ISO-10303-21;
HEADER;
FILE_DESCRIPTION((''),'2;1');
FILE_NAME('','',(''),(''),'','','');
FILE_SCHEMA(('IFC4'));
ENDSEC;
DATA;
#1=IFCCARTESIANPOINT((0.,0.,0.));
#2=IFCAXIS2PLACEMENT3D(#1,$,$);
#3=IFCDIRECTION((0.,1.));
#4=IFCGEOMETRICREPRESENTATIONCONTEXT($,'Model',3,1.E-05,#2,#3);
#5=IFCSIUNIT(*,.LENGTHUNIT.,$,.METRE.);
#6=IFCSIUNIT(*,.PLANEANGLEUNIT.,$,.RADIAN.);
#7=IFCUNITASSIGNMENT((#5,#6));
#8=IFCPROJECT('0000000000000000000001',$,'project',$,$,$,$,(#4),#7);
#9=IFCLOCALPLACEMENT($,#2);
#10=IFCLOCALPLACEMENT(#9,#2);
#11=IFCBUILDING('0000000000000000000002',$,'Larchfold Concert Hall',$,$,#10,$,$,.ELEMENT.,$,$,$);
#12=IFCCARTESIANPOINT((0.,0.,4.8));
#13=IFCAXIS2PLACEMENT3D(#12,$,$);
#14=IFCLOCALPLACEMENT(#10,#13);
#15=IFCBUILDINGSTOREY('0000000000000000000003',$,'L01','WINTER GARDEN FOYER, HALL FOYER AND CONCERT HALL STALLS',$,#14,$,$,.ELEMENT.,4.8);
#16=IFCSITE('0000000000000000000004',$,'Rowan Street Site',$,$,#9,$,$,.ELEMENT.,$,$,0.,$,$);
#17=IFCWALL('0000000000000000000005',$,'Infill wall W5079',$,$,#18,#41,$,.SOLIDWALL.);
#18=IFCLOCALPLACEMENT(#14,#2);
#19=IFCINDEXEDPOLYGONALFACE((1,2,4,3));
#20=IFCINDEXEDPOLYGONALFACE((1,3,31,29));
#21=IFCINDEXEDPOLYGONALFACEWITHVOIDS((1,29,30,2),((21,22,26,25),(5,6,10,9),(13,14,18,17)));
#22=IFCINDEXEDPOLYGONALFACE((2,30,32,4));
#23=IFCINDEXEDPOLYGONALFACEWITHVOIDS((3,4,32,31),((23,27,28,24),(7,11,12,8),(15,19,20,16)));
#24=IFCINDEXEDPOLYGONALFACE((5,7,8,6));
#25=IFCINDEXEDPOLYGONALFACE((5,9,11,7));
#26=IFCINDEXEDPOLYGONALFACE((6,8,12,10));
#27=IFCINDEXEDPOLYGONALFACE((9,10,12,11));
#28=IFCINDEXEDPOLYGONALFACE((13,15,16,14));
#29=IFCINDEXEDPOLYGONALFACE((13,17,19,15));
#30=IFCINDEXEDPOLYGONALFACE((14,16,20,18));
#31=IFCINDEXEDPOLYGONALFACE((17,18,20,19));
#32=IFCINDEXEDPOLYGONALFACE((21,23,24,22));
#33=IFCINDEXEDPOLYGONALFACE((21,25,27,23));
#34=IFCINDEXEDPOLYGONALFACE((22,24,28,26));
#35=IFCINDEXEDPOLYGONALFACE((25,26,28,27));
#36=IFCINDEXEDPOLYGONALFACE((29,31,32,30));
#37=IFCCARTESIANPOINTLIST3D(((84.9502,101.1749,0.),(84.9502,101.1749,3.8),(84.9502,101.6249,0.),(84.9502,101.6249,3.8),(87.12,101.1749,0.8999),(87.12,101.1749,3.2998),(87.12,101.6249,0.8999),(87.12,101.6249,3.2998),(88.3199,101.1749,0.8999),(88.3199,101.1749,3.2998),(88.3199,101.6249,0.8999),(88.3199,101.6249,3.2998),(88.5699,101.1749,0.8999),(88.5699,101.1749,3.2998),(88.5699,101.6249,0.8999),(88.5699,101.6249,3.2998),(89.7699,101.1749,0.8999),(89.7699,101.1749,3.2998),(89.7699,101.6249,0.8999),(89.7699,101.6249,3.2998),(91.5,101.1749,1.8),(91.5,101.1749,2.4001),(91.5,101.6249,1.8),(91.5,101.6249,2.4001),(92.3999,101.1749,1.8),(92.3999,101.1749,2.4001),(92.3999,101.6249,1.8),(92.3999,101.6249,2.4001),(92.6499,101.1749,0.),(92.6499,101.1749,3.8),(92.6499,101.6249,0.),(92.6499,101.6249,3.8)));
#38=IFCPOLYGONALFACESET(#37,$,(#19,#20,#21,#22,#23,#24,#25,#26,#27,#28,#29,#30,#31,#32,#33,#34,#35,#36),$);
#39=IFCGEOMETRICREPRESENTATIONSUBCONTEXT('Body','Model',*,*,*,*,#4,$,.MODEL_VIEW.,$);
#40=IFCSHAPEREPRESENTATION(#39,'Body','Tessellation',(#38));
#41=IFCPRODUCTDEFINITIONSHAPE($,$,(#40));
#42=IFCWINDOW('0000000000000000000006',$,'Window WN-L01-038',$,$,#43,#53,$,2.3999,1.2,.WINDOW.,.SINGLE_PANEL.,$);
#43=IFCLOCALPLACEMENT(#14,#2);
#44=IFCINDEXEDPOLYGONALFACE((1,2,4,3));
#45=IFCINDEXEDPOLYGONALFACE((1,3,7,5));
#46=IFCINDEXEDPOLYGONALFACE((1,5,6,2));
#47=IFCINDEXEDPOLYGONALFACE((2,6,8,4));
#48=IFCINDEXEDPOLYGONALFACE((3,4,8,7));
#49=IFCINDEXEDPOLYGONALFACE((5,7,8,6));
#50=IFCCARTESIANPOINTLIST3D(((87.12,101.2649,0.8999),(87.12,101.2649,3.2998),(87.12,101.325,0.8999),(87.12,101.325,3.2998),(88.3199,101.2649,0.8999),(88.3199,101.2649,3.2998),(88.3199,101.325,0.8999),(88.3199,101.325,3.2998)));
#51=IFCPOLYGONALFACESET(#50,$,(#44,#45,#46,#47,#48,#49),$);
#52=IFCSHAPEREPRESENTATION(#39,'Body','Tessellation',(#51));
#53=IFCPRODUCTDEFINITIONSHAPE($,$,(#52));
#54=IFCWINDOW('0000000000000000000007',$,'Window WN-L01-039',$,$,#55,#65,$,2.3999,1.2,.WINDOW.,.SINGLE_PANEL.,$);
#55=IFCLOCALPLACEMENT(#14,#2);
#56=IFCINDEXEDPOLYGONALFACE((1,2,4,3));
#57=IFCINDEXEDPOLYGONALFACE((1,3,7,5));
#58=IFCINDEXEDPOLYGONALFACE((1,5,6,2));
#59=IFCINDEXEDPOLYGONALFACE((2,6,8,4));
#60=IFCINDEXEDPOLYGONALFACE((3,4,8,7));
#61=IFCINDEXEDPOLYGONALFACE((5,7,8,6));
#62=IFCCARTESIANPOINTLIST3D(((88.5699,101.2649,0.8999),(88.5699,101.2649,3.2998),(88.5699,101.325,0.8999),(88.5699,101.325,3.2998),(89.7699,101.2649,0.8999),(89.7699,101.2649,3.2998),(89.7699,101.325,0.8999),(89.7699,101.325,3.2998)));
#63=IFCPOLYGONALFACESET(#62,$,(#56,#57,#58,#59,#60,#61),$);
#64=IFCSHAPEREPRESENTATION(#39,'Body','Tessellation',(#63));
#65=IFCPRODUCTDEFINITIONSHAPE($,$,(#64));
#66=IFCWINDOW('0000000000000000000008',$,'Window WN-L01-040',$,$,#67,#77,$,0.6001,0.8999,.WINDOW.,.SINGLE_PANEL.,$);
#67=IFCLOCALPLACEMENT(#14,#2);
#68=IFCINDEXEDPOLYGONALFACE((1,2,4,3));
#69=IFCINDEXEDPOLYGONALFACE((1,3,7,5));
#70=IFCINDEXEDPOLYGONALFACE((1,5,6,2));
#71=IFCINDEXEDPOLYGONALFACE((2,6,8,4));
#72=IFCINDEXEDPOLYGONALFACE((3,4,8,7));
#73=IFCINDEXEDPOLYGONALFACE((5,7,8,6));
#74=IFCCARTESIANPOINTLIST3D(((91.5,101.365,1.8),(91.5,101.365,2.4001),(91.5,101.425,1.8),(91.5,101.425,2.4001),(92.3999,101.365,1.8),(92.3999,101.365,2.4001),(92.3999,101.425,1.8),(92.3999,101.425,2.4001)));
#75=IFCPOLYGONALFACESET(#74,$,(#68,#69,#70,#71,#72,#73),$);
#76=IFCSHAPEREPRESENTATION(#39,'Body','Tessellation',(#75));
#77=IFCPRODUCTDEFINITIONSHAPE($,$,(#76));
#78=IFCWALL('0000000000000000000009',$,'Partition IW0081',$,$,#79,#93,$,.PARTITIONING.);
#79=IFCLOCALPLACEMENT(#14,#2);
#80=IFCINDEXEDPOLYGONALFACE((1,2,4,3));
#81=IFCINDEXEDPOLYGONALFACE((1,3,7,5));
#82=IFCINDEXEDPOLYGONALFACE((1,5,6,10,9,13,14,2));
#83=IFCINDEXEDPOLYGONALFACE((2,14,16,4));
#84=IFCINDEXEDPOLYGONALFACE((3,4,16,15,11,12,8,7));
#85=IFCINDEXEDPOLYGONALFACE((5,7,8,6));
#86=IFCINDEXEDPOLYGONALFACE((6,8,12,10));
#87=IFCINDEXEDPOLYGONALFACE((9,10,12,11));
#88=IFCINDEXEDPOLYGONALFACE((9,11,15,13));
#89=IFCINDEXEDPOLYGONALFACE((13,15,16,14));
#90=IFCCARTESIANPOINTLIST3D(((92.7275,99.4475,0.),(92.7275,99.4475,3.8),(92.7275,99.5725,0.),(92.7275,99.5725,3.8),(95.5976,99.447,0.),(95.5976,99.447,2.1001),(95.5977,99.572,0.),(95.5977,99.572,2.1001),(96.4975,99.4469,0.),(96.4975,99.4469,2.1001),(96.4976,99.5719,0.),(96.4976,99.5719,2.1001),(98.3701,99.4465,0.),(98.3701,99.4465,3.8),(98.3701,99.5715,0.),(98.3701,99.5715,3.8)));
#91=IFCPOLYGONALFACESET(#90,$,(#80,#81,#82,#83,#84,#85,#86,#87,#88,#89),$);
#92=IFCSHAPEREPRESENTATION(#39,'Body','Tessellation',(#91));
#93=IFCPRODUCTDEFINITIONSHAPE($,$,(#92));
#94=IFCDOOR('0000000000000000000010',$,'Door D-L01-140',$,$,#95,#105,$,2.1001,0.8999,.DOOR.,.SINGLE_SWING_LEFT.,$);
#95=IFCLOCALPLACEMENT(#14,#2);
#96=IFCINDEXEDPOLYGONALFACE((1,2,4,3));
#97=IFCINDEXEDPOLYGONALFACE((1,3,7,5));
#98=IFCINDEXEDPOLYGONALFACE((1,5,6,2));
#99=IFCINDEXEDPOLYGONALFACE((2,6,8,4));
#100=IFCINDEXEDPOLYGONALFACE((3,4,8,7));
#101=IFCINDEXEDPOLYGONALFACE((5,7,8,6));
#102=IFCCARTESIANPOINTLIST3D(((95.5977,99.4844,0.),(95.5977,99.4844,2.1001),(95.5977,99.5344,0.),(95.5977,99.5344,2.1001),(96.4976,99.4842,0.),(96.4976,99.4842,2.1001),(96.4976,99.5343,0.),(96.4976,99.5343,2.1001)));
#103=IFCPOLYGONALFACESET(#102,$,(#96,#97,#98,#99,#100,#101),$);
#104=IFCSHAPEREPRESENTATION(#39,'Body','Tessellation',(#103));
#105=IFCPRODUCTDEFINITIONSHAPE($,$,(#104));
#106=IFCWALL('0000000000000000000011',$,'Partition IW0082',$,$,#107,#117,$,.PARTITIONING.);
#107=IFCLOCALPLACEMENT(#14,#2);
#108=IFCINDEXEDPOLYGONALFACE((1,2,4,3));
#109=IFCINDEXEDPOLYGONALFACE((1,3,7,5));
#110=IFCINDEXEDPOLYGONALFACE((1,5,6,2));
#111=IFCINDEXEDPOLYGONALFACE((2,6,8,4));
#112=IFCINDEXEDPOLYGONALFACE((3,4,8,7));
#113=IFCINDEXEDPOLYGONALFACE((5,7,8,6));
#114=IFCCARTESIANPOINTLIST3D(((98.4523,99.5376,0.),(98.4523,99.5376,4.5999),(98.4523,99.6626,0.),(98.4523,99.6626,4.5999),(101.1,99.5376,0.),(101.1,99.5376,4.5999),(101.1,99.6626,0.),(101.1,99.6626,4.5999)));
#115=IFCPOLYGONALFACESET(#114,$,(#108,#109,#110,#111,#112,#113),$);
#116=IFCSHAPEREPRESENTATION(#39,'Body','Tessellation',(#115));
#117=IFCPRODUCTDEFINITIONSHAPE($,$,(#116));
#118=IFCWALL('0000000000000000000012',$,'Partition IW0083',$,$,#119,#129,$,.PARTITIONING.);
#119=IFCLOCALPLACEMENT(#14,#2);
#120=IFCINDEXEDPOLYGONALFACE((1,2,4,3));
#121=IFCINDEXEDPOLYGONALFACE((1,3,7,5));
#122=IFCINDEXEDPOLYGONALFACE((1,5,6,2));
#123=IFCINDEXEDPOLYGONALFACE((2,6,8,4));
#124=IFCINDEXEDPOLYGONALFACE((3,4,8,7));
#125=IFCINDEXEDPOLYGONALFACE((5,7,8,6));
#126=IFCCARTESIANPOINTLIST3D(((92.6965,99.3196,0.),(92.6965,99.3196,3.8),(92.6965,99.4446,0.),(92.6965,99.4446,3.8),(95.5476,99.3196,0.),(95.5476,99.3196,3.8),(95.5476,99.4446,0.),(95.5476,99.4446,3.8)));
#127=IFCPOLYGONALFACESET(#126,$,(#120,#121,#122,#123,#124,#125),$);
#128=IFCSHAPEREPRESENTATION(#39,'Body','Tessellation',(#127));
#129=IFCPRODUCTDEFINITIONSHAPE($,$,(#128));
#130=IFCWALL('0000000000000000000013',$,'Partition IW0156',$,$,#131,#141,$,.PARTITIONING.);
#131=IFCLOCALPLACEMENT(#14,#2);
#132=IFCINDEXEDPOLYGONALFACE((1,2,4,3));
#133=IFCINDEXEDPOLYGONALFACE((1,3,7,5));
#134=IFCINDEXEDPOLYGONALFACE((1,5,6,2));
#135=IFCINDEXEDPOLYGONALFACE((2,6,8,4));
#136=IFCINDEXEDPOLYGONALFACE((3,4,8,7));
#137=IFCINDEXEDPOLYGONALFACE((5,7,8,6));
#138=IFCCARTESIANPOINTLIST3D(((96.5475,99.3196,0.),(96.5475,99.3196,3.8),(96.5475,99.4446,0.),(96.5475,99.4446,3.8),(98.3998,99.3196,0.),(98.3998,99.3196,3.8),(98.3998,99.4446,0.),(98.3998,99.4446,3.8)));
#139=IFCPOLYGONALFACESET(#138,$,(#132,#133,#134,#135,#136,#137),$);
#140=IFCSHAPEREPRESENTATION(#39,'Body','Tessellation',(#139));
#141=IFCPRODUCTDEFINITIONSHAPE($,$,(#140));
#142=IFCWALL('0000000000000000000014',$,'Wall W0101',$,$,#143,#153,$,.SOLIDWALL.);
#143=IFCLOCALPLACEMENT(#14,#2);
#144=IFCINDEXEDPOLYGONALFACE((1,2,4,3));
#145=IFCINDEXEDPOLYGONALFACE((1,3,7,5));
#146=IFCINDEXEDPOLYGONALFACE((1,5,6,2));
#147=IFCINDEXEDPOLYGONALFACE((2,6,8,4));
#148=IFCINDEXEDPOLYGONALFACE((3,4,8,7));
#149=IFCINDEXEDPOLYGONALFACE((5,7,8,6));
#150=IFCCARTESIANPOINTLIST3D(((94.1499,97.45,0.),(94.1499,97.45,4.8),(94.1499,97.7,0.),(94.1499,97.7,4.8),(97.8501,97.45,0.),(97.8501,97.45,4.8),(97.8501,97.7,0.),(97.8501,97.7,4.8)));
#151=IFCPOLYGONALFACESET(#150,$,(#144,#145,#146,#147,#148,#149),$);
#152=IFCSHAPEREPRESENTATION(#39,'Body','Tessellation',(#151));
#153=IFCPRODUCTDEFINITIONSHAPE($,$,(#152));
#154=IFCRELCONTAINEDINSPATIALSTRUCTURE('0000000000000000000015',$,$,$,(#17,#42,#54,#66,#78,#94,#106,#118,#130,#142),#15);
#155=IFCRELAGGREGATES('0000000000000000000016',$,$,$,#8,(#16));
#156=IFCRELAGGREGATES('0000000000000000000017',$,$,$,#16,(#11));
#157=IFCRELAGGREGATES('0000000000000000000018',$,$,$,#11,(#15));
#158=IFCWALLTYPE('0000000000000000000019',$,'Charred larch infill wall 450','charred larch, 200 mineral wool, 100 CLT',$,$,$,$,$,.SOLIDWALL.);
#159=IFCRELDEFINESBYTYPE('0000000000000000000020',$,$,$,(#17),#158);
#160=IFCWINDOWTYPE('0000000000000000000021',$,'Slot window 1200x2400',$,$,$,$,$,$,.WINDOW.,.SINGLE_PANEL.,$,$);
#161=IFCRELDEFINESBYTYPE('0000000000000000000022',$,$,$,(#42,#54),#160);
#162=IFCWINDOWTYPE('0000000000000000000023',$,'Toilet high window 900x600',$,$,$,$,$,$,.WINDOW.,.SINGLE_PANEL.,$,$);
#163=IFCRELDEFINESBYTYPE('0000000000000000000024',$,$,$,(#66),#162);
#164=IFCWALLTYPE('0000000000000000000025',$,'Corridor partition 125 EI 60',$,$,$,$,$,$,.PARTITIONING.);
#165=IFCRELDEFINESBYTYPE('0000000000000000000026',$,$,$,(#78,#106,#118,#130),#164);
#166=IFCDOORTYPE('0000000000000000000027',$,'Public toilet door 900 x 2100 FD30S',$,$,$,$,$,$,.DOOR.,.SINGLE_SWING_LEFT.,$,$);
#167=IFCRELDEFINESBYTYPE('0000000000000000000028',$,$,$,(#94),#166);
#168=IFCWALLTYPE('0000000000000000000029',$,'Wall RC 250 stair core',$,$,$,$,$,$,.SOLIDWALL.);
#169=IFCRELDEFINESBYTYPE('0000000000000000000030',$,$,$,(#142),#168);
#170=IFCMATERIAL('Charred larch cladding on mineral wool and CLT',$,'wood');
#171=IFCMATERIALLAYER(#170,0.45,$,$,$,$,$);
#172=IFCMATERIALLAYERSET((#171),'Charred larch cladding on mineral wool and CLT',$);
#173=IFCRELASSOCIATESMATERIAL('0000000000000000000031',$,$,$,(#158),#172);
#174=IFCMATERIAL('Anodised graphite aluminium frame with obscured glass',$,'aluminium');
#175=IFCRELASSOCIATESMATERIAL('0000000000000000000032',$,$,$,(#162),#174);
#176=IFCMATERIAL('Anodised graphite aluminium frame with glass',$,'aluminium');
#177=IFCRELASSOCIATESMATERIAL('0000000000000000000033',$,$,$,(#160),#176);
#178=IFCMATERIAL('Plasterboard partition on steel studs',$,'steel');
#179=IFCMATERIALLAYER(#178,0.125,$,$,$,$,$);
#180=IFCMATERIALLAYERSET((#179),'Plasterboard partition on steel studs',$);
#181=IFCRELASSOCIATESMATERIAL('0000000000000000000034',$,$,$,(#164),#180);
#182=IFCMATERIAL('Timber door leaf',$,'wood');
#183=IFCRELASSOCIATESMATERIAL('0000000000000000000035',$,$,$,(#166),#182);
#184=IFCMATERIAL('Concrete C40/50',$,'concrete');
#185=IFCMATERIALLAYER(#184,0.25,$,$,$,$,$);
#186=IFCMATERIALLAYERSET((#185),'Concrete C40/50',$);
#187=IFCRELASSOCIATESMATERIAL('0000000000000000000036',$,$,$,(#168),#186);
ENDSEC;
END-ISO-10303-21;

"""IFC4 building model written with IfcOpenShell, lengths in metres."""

from ifc_helpers import new_model, si_unit, direction, frame, frame_2d, origin, place, context, subcontext, project, spatial, rectangle, extrude, material, layer, layer_set, type_object, element, fill, save


model = new_model("IFC4")

# Units and contexts
model_context = context("Model", 3, precision=1e-05, world=origin(), true_north=direction((0.0, 1.0)))
body_context = subcontext(model_context, "Body", "Model", "MODEL_VIEW")
ifc_project = project(units=[si_unit("LENGTHUNIT", "METRE"), si_unit("PLANEANGLEUNIT", "RADIAN")], contexts=[model_context])

# Site, building, storey
site_placement = place(None, origin())
site = spatial("IfcSite", under=ifc_project, at=site_placement, Name="Rowan Street Site", CompositionType="ELEMENT", RefElevation=0.0)
building_placement = place(site_placement, origin())
building = spatial("IfcBuilding", under=site, at=building_placement, Name="Larchfold Concert Hall", CompositionType="ELEMENT")
storey_placement = place(building_placement, frame((0.0, 0.0, 4.8)))
storey = spatial("IfcBuildingStorey", under=building, at=storey_placement, Name="L01", Description="WINTER GARDEN FOYER, HALL FOYER AND CONCERT HALL STALLS", CompositionType="ELEMENT", Elevation=4.8)

# Wall, openings, windows
ifc_material_1 = material(Name="Charred larch cladding on mineral wool and CLT", Category="wood")
ifc_layer_1 = layer(ifc_material_1, 0.45)
ifc_layer_set_1 = layer_set([ifc_layer_1], Name="Charred larch cladding on mineral wool and CLT")
wall_type_1 = type_object("IfcWallType", Name="Charred larch infill wall 450", Description="charred larch, 200 mineral wool, 100 CLT", PredefinedType="SOLIDWALL", material=ifc_layer_set_1)
ifc_material_2 = material(Name="Anodised graphite aluminium frame with obscured glass", Category="aluminium")
window_type_1 = type_object("IfcWindowType", Name="Toilet high window 900x600", PartitioningType="SINGLE_PANEL", PredefinedType="WINDOW", material=ifc_material_2)
wall_1_placement = place(storey_placement, frame((92.6499, 101.3999, 0.0), z_axis=(0.0, 0.0, 1.0), x_axis=(-1.0, 0.0, 0.0)))
wall_1 = element("IfcWall", 1, at=wall_1_placement, inside=storey, type_object=wall_type_1, Name="Infill wall W5079", PredefinedType="SOLIDWALL", context=body_context, shape_type="SweptSolid", body=[
    extrude(rectangle(XDim=7.6997, YDim=0.45, at=frame_2d((3.8499, 0.0))), origin(), (0.0, 0.0, 1.0), 3.8),
])
opening_1_placement = place(wall_1_placement, frame((4.3298, 0.0, 0.8999)))
opening_1 = element("IfcOpeningElement", 2, at=opening_1_placement, cuts=wall_1, PredefinedType="OPENING", context=body_context, shape_type="SweptSolid", body=[
    extrude(rectangle(XDim=1.2, YDim=2.3999, at=frame_2d((0.6001, 1.2))), frame((0.0, 0.2349, 0.0), z_axis=(0.0, -1.0, 0.0), x_axis=(1.0, 0.0, 0.0)), (0.0, 0.0, 1.0), 0.47),
])
opening_2_placement = place(wall_1_placement, frame((2.8799, 0.0, 0.8999)))
opening_2 = element("IfcOpeningElement", 3, at=opening_2_placement, cuts=wall_1, PredefinedType="OPENING", context=body_context, shape_type="SweptSolid", body=[
    extrude(rectangle(XDim=1.2, YDim=2.3999, at=frame_2d((0.6001, 1.2))), frame((0.0, 0.2349, 0.0), z_axis=(0.0, -1.0, 0.0), x_axis=(1.0, 0.0, 0.0)), (0.0, 0.0, 1.0), 0.47),
])
opening_3_placement = place(wall_1_placement, frame((0.25, 0.0, 1.8)))
opening_3 = element("IfcOpeningElement", 4, at=opening_3_placement, cuts=wall_1, PredefinedType="OPENING", context=body_context, shape_type="SweptSolid", body=[
    extrude(rectangle(XDim=0.8999, YDim=0.6001, at=frame_2d((0.45, 0.3))), frame((0.0, 0.2349, 0.0), z_axis=(0.0, -1.0, 0.0), x_axis=(1.0, 0.0, 0.0)), (0.0, 0.0, 1.0), 0.47),
])
ifc_material_3 = material(Name="Anodised graphite aluminium frame with glass", Category="aluminium")
window_type_2 = type_object("IfcWindowType", Name="Slot window 1200x2400", PartitioningType="SINGLE_PANEL", PredefinedType="WINDOW", material=ifc_material_3)
window_1_placement = place(opening_1_placement, origin())
window_1 = element("IfcWindow", 5, at=window_1_placement, inside=storey, type_object=window_type_2, Name="Window WN-L01-038", OverallHeight=2.3999, OverallWidth=1.2, PartitioningType="SINGLE_PANEL", PredefinedType="WINDOW", context=body_context, shape_type="SweptSolid", body=[
    extrude(rectangle(XDim=1.2, YDim=2.3999, at=frame_2d((0.6001, 1.2))), frame((0.0, 0.135, 0.0), z_axis=(0.0, -1.0, 0.0), x_axis=(1.0, 0.0, 0.0)), (0.0, 0.0, 1.0), 0.0601),
])
fill(opening_1, window_1)
window_2_placement = place(opening_2_placement, origin())
window_2 = element("IfcWindow", 6, at=window_2_placement, inside=storey, type_object=window_type_2, Name="Window WN-L01-039", OverallHeight=2.3999, OverallWidth=1.2, PartitioningType="SINGLE_PANEL", PredefinedType="WINDOW", context=body_context, shape_type="SweptSolid", body=[
    extrude(rectangle(XDim=1.2, YDim=2.3999, at=frame_2d((0.6001, 1.2))), frame((0.0, 0.135, 0.0), z_axis=(0.0, -1.0, 0.0), x_axis=(1.0, 0.0, 0.0)), (0.0, 0.0, 1.0), 0.0601),
])
fill(opening_2, window_2)
window_3_placement = place(opening_3_placement, origin())
window_3 = element("IfcWindow", 7, at=window_3_placement, inside=storey, type_object=window_type_1, Name="Window WN-L01-040", OverallHeight=0.6001, OverallWidth=0.8999, PartitioningType="SINGLE_PANEL", PredefinedType="WINDOW", context=body_context, shape_type="SweptSolid", body=[
    extrude(rectangle(XDim=0.8999, YDim=0.6001, at=frame_2d((0.45, 0.3))), frame((0.0, 0.0349, 0.0), z_axis=(0.0, -1.0, 0.0), x_axis=(1.0, 0.0, 0.0)), (0.0, 0.0, 1.0), 0.0601),
])
fill(opening_3, window_3)

# Wall, opening, door
ifc_material_4 = material(Name="Plasterboard partition on steel studs", Category="steel")
ifc_layer_2 = layer(ifc_material_4, 0.125)
ifc_layer_set_2 = layer_set([ifc_layer_2], Name="Plasterboard partition on steel studs")
wall_type_2 = type_object("IfcWallType", Name="Corridor partition 125 EI 60", PredefinedType="PARTITIONING", material=ifc_layer_set_2)
wall_2_placement = place(storey_placement, frame((92.7275, 99.51, 0.0), z_axis=(0.0, 0.0, 1.0), x_axis=(1.0, -0.000173, 0.0)))
wall_2 = element("IfcWall", 8, at=wall_2_placement, inside=storey, type_object=wall_type_2, Name="Partition IW0081", PredefinedType="PARTITIONING", context=body_context, shape_type="SweptSolid", body=[
    extrude(rectangle(XDim=5.6426, YDim=0.125, at=frame_2d((2.8213, 0.0))), origin(), (0.0, 0.0, 1.0), 3.8),
])
opening_4_placement = place(wall_2_placement, frame((2.8701, 0.0, 0.0)))
opening_4 = element("IfcOpeningElement", 9, at=opening_4_placement, cuts=wall_2, PredefinedType="OPENING", context=body_context, shape_type="SweptSolid", body=[
    extrude(rectangle(XDim=0.8999, YDim=2.1001, at=frame_2d((0.45, 1.05))), frame((0.0, 0.0725, 0.0), z_axis=(0.0, -1.0, 0.0), x_axis=(1.0, 0.0, 0.0)), (0.0, 0.0, 1.0), 0.145),
])
ifc_material_5 = material(Name="Timber door leaf", Category="wood")
door_type = type_object("IfcDoorType", Name="Public toilet door 900 x 2100 FD30S", OperationType="SINGLE_SWING_LEFT", PredefinedType="DOOR", material=ifc_material_5)
door_placement = place(opening_4_placement, origin())
door = element("IfcDoor", 10, at=door_placement, inside=storey, type_object=door_type, Name="Door D-L01-140", OperationType="SINGLE_SWING_LEFT", OverallHeight=2.1001, OverallWidth=0.8999, PredefinedType="DOOR", context=body_context, shape_type="SweptSolid", body=[
    extrude(rectangle(XDim=0.8999, YDim=2.1001, at=frame_2d((0.45, 1.05))), frame((0.0, 0.0249, 0.0), z_axis=(0.0, -1.0, 0.0), x_axis=(1.0, 0.0, 0.0)), (0.0, 0.0, 1.0), 0.05),
])
fill(opening_4, door)

# Walls
wall_3_placement = place(storey_placement, frame((98.4524, 99.6001, 0.0), z_axis=(0.0, 0.0, 1.0), x_axis=(1.0, 0.0, 0.0)))
element("IfcWall", 11, at=wall_3_placement, inside=storey, type_object=wall_type_2, Name="Partition IW0082", PredefinedType="PARTITIONING", context=body_context, shape_type="SweptSolid", body=[
    extrude(rectangle(XDim=2.6477, YDim=0.125, at=frame_2d((1.3237, 0.0))), origin(), (0.0, 0.0, 1.0), 4.5999),
])
wall_4_placement = place(storey_placement, frame((95.5476, 99.3821, 0.0), z_axis=(0.0, 0.0, 1.0), x_axis=(-1.0, 0.0, 0.0)))
element("IfcWall", 12, at=wall_4_placement, inside=storey, type_object=wall_type_2, Name="Partition IW0083", PredefinedType="PARTITIONING", context=body_context, shape_type="SweptSolid", body=[
    extrude(rectangle(XDim=2.8511, YDim=0.125, at=frame_2d((1.4255, 0.0))), origin(), (0.0, 0.0, 1.0), 3.8),
])
wall_5_placement = place(storey_placement, frame((98.3999, 99.3821, 0.0), z_axis=(0.0, 0.0, 1.0), x_axis=(-1.0, 0.0, 0.0)))
element("IfcWall", 13, at=wall_5_placement, inside=storey, type_object=wall_type_2, Name="Partition IW0156", PredefinedType="PARTITIONING", context=body_context, shape_type="SweptSolid", body=[
    extrude(rectangle(XDim=1.8523, YDim=0.125, at=frame_2d((0.9263, 0.0))), origin(), (0.0, 0.0, 1.0), 3.8),
])
ifc_material_6 = material(Name="Concrete C40/50", Category="concrete")
ifc_layer_3 = layer(ifc_material_6, 0.25)
ifc_layer_set_3 = layer_set([ifc_layer_3], Name="Concrete C40/50")
wall_type_3 = type_object("IfcWallType", Name="Wall RC 250 stair core", PredefinedType="SOLIDWALL", material=ifc_layer_set_3)
wall_6_placement = place(storey_placement, frame((94.1499, 97.575, 0.0), z_axis=(0.0, 0.0, 1.0), x_axis=(1.0, 0.0, 0.0)))
element("IfcWall", 14, at=wall_6_placement, inside=storey, type_object=wall_type_3, Name="Wall W0101", PredefinedType="SOLIDWALL", context=body_context, shape_type="SweptSolid", body=[
    extrude(rectangle(XDim=3.7002, YDim=0.25, at=frame_2d((1.8501, 0.0))), origin(), (0.0, 0.0, 1.0), 4.8),
])

save(model, "model.ifc")
